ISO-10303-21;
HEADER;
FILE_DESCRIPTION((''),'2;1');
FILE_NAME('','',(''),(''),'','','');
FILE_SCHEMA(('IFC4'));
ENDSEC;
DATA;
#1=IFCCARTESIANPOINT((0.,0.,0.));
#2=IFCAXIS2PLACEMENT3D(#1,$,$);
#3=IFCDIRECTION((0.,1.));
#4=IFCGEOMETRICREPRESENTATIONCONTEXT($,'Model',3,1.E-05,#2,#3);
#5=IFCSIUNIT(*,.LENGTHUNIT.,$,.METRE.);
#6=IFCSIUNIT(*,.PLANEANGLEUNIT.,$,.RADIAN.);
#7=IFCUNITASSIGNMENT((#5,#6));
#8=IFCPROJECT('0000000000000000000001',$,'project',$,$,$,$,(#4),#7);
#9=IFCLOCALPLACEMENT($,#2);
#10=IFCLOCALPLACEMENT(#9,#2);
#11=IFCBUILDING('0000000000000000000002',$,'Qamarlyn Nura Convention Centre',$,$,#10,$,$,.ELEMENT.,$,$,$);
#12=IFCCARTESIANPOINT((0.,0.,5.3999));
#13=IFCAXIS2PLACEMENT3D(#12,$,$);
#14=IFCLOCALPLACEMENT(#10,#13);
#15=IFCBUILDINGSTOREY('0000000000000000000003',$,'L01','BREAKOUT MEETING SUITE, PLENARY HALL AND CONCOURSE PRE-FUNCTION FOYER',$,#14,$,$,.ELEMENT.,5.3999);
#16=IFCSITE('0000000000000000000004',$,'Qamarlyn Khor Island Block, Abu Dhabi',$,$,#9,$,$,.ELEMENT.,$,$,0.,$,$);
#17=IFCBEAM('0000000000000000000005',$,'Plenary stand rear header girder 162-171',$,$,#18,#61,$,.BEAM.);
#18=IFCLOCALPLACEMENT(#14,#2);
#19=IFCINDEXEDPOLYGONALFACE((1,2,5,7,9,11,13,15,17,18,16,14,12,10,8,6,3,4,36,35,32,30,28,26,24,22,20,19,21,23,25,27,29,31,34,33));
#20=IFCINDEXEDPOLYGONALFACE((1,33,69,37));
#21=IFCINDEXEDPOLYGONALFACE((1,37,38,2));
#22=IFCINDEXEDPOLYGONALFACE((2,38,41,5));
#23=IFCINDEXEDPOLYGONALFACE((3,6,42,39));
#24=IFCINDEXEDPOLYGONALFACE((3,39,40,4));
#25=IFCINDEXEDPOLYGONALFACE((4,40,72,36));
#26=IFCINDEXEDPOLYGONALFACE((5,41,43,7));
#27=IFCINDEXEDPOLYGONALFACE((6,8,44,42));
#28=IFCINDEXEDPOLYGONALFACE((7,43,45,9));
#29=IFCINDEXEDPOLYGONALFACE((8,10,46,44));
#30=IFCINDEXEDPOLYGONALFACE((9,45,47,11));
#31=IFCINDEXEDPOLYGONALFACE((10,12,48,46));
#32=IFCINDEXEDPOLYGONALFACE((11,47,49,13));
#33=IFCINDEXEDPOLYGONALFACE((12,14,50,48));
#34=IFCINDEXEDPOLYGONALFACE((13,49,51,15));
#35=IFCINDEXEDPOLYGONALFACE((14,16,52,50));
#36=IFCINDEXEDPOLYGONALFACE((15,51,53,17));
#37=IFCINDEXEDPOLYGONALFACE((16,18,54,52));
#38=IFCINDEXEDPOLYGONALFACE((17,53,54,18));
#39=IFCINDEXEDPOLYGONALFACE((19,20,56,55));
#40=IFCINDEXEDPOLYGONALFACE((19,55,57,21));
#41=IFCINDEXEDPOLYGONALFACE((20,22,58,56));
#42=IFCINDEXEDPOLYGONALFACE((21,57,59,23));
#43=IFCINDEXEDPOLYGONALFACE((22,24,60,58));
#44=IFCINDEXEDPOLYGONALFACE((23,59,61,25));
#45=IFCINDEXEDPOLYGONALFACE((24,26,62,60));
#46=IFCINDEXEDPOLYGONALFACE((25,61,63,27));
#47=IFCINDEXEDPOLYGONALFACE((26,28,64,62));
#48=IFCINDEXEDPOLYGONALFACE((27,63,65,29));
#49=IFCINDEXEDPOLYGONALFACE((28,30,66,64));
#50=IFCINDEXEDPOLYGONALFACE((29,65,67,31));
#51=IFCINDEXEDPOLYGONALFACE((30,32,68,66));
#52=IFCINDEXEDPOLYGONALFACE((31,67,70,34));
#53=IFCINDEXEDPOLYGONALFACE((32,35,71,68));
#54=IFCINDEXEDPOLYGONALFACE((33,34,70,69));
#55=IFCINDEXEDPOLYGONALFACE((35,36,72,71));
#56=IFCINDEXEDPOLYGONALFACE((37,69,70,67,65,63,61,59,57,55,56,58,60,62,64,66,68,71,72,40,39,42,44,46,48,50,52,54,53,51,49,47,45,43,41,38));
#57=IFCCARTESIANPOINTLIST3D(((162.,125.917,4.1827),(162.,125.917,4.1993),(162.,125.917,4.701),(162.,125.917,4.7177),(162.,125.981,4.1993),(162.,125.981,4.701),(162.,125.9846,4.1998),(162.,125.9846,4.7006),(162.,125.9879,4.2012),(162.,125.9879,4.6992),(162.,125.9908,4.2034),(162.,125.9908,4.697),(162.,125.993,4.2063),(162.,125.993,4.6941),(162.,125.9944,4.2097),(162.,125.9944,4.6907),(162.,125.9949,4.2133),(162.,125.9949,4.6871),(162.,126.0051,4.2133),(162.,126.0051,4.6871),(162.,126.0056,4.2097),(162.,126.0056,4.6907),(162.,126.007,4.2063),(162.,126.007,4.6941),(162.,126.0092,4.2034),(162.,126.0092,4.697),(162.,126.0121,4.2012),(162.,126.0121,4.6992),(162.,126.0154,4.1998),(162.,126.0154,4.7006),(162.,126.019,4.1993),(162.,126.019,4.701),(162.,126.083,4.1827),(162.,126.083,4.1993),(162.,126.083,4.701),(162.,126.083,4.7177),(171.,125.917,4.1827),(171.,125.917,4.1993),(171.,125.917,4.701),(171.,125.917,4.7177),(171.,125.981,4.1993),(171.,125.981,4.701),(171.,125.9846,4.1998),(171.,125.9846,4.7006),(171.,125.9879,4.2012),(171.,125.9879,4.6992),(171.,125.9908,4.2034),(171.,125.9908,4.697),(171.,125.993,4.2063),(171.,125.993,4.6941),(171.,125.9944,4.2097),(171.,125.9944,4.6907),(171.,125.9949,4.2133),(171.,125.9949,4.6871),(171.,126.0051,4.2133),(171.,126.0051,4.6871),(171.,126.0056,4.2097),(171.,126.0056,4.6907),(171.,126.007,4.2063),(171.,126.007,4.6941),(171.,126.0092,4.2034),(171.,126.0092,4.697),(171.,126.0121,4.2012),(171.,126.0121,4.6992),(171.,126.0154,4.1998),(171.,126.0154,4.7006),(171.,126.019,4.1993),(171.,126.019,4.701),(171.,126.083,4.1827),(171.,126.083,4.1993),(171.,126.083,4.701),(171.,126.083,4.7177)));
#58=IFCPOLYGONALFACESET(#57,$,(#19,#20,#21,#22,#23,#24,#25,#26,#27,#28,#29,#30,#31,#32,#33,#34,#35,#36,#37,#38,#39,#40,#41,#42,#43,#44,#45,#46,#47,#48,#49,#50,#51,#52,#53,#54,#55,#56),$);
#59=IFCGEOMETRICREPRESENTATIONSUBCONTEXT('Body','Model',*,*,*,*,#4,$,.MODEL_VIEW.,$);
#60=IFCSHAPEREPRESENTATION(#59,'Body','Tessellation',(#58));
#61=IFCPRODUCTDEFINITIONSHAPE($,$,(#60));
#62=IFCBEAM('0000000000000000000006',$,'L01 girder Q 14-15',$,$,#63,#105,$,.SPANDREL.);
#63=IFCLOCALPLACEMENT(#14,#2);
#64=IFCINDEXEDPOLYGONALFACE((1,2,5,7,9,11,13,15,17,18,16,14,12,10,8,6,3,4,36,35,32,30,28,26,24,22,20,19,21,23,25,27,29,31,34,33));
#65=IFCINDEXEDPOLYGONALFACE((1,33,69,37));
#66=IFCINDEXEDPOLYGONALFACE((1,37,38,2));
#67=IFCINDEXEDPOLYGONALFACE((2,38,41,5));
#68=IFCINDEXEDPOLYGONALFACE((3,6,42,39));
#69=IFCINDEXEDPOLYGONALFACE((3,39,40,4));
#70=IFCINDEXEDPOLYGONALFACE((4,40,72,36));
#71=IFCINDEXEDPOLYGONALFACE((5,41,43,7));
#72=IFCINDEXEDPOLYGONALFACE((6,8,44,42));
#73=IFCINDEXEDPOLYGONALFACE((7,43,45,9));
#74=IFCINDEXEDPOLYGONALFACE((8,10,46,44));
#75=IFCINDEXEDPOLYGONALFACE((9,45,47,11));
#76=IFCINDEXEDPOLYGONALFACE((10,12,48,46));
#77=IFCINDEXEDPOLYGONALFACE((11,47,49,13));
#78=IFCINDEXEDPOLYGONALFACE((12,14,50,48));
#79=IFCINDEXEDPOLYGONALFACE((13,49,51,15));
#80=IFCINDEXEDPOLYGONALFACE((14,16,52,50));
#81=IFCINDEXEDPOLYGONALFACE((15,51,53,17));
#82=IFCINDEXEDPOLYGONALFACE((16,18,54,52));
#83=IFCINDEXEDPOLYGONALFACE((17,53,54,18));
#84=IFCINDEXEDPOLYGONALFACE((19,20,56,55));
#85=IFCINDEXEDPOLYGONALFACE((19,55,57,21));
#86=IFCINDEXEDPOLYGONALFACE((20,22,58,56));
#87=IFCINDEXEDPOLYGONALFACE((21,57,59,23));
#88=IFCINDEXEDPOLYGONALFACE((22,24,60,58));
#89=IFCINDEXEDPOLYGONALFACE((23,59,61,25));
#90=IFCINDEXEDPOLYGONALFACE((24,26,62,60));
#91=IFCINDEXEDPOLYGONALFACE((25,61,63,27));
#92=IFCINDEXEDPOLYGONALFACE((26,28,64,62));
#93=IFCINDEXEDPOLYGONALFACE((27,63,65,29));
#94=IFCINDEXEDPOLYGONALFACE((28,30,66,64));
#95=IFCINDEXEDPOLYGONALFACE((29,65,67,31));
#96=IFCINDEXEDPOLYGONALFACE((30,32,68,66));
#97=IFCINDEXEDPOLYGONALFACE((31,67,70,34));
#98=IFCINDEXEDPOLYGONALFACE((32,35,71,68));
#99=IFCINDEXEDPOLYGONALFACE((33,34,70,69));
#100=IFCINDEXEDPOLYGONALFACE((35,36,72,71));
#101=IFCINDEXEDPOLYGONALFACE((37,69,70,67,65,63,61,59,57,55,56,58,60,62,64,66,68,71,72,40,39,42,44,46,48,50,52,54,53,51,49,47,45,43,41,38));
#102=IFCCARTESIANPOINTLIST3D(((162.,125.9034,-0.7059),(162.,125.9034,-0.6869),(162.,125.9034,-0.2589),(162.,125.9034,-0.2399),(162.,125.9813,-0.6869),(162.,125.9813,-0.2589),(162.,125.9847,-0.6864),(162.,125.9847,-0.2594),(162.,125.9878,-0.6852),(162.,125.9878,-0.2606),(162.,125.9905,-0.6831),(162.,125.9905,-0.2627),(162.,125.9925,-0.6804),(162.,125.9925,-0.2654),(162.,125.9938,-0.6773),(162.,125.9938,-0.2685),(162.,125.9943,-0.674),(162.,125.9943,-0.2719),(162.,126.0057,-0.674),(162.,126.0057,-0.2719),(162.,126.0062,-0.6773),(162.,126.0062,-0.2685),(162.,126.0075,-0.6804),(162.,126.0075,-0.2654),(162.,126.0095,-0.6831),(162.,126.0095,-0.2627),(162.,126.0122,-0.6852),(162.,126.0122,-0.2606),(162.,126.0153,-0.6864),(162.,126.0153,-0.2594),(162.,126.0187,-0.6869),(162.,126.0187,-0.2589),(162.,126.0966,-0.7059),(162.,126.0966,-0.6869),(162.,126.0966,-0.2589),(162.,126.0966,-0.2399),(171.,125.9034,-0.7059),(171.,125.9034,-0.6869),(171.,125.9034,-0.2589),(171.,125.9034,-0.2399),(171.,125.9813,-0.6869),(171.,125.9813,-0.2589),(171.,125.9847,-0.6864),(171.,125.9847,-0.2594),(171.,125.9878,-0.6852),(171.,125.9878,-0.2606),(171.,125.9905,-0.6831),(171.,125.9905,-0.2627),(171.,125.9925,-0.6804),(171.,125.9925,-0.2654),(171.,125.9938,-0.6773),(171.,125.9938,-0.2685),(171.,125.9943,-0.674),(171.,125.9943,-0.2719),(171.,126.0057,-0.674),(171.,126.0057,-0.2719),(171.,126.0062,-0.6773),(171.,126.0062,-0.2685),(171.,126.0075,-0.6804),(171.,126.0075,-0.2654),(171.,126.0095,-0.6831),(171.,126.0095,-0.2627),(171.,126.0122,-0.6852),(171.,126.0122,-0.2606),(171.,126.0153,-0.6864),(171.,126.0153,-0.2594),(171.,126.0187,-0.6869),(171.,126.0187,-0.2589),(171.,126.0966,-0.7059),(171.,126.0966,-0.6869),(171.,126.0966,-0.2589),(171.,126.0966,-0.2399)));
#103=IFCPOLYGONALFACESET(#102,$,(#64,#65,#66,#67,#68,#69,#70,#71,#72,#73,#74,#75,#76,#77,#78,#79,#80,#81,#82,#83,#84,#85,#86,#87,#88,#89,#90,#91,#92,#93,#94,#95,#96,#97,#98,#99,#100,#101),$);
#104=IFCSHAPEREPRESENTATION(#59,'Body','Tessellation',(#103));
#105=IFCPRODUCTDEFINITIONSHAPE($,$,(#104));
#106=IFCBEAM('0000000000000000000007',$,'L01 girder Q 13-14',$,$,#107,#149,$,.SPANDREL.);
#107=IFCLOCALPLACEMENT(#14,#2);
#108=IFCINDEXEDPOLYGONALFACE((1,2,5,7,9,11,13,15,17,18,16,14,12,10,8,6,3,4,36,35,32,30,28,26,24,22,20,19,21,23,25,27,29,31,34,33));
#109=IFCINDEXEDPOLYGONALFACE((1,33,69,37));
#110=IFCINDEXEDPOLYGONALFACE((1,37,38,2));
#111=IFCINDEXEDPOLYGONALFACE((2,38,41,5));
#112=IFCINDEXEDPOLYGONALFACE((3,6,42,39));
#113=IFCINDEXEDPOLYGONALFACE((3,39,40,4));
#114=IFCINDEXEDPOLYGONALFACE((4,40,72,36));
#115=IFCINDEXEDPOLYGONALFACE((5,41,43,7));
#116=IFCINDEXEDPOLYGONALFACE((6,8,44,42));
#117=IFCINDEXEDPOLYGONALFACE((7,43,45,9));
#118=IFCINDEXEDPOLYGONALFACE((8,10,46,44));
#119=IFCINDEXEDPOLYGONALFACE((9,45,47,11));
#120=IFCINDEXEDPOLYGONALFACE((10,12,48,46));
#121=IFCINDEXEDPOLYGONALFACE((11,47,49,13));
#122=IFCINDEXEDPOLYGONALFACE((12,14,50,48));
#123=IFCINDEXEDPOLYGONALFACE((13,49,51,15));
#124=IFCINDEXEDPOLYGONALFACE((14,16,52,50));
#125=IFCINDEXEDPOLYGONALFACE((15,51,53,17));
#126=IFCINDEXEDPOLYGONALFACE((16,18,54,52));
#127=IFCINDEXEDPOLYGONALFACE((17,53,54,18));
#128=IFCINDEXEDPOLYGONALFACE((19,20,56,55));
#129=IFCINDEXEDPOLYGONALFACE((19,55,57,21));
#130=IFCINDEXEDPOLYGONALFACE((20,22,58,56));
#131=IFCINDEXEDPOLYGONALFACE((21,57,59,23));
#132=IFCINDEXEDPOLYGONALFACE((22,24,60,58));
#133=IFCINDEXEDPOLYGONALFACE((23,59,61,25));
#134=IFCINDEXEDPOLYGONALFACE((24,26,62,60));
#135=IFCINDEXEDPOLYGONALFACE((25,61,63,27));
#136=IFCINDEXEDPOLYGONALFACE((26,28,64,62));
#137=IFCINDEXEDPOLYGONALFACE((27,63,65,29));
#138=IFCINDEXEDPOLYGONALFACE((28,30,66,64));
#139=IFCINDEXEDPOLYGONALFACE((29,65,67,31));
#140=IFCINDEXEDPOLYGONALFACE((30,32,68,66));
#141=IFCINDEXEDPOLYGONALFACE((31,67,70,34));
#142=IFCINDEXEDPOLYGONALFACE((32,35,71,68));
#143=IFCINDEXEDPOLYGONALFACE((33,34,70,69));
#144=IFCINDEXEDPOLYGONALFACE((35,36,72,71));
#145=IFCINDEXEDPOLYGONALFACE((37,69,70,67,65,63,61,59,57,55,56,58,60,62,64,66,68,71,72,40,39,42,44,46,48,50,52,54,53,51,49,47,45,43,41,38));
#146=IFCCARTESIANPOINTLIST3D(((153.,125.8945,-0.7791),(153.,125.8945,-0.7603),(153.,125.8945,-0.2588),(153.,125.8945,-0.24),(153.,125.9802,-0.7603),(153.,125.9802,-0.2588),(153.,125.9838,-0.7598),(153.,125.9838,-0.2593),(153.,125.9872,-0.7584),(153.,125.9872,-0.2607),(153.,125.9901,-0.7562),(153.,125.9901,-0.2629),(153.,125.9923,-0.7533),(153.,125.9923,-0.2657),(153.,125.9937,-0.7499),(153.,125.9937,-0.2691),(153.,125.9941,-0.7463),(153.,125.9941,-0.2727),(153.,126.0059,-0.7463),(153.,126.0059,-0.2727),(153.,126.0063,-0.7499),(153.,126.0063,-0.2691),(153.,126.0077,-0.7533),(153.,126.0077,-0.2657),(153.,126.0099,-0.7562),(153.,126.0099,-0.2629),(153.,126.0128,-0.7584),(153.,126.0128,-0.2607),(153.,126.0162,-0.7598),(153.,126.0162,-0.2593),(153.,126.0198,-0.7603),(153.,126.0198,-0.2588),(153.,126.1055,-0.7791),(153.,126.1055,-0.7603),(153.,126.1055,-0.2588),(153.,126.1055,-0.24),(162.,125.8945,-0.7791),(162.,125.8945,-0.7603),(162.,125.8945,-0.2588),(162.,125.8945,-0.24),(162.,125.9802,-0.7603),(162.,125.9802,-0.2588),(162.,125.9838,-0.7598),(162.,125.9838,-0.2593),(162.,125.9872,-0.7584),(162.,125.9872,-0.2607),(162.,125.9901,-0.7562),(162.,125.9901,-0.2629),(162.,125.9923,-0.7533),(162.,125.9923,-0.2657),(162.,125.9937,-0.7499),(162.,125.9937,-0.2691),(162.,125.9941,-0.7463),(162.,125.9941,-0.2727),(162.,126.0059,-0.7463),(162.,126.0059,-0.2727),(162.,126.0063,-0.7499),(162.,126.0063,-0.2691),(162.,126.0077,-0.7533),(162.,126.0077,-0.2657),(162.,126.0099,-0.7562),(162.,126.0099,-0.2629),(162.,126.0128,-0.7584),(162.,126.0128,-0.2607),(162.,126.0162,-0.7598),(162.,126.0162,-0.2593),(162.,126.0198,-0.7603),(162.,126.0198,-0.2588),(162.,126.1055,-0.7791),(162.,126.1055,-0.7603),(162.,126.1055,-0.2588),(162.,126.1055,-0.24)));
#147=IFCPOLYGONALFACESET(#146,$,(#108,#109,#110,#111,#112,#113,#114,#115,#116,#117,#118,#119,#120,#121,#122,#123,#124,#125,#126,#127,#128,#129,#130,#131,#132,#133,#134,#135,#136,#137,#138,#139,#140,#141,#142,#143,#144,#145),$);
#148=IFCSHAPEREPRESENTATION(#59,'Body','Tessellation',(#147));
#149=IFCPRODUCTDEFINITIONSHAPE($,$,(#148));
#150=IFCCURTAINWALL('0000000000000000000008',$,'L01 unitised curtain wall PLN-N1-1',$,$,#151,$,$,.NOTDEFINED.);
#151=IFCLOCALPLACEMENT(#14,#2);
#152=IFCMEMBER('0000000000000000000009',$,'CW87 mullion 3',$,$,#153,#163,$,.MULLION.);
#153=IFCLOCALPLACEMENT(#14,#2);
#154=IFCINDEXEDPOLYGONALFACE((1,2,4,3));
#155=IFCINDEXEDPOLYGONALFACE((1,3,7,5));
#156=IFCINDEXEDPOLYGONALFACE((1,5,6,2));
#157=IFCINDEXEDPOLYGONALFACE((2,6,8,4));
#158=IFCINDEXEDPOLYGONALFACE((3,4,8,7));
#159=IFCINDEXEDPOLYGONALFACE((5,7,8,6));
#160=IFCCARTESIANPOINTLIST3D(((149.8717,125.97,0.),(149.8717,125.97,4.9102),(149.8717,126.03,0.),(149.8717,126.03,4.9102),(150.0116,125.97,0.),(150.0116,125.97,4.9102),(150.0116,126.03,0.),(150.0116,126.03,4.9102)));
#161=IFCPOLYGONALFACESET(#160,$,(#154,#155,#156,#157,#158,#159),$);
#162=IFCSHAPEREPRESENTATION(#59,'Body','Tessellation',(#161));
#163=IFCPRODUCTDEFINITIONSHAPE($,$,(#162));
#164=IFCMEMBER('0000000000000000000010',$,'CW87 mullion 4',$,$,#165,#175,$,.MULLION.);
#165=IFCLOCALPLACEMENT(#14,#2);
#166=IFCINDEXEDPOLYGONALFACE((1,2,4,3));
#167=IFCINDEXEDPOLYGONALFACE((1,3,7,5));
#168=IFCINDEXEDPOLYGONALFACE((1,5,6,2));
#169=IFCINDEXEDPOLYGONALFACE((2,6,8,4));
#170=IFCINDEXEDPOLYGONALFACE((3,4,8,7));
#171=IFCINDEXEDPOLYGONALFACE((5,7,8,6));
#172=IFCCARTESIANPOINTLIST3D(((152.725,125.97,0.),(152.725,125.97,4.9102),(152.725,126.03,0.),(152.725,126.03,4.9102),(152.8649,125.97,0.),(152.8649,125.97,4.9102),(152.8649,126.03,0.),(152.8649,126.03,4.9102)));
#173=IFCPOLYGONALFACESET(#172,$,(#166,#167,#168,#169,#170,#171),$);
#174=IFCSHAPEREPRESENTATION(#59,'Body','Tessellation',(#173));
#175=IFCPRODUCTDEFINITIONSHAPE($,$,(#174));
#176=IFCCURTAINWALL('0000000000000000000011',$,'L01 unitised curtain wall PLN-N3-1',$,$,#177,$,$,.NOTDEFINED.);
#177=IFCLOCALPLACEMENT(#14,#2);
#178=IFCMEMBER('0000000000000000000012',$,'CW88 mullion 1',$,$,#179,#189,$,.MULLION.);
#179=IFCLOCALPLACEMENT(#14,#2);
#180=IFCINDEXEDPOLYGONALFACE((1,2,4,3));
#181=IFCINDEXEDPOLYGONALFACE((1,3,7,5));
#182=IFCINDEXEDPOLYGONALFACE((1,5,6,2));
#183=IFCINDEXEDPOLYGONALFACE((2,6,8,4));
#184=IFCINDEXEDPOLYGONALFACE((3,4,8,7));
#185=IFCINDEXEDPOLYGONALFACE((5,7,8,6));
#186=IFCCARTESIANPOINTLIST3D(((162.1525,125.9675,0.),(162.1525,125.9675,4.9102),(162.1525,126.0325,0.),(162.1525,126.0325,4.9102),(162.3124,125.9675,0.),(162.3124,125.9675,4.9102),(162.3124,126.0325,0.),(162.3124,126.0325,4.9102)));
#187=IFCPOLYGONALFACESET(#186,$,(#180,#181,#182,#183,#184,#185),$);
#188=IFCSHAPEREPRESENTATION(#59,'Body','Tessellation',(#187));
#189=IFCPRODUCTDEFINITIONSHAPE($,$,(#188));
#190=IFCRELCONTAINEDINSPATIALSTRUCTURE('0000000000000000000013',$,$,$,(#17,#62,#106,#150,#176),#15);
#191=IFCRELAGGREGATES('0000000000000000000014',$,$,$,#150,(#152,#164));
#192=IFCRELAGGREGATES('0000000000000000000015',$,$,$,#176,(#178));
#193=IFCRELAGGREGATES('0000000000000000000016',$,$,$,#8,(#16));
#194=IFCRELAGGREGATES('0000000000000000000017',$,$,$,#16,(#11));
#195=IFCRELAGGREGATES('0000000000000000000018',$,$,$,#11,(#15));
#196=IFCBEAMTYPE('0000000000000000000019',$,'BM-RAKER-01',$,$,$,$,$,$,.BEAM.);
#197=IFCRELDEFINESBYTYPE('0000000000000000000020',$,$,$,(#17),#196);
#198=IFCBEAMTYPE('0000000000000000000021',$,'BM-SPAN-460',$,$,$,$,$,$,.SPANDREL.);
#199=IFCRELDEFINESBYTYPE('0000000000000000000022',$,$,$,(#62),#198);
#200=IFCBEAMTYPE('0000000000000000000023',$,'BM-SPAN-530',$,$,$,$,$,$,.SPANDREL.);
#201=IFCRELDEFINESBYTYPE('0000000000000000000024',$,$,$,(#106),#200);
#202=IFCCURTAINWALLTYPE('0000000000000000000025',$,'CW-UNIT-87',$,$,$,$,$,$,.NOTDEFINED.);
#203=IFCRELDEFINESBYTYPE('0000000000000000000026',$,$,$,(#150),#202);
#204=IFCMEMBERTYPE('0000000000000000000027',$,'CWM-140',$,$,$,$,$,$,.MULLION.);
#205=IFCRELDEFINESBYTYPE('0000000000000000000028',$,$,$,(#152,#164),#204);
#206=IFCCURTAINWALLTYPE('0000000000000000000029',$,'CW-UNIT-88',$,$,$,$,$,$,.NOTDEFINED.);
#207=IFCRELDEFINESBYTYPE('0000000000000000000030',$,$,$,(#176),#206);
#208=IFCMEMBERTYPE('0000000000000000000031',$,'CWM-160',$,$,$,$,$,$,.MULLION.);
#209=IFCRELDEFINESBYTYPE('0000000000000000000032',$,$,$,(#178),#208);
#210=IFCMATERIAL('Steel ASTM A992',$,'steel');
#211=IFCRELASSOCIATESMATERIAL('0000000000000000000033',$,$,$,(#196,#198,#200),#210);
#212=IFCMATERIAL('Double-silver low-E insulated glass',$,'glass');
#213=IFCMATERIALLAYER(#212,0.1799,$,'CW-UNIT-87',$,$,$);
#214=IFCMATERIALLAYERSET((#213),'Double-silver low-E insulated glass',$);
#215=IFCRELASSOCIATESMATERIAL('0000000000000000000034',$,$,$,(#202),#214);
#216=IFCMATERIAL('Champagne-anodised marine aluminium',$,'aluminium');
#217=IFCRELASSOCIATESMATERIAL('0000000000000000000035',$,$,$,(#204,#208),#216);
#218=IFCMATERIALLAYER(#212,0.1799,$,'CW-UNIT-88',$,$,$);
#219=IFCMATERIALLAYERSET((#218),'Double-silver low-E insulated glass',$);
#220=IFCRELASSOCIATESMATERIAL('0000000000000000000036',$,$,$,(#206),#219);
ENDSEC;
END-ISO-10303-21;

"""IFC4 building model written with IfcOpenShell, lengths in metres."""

from ifc_helpers import new_model, si_unit, direction, frame, origin, origin_2d, place, context, subcontext, project, spatial, rectangle, i_section, extrude, material, layer, layer_set, material_profile, profile_set, type_object, element, aggregate, save


model = new_model("IFC4")

# Units and contexts
model_context = context("Model", 3, precision=1e-05, world=origin(), true_north=direction((0.0, 1.0)))
body_context = subcontext(model_context, "Body", "Model", "MODEL_VIEW")
ifc_project = project(units=[si_unit("LENGTHUNIT", "METRE"), si_unit("PLANEANGLEUNIT", "RADIAN")], contexts=[model_context])

# Site, building, storey
site_placement = place(None, origin())
site = spatial("IfcSite", under=ifc_project, at=site_placement, Name="Qamarlyn Khor Island Block, Abu Dhabi", CompositionType="ELEMENT", RefElevation=0.0)
building_placement = place(site_placement, origin())
building = spatial("IfcBuilding", under=site, at=building_placement, Name="Qamarlyn Nura Convention Centre", CompositionType="ELEMENT")
storey_placement = place(building_placement, frame((0.0, 0.0, 5.3999)))
storey = spatial("IfcBuildingStorey", under=building, at=storey_placement, Name="L01", Description="BREAKOUT MEETING SUITE, PLENARY HALL AND CONCOURSE PRE-FUNCTION FOYER", CompositionType="ELEMENT", Elevation=5.3999)

# Beams
ifc_material_1 = material(Name="Steel ASTM A992", Category="steel")
ifc_material_profile_1 = material_profile(ifc_material_1, i_section(OverallWidth=0.166, OverallDepth=0.5349, WebThickness=0.0103, FlangeThickness=0.0166, FilletRadius=0.0139, at=origin_2d()), Name="W530X85")
ifc_profile_set_1 = profile_set([ifc_material_profile_1], Name="Steel ASTM A992")
beam_type_1 = type_object("IfcBeamType", Name="BM-RAKER-01", PredefinedType="BEAM", material=ifc_profile_set_1)
for number, where, z_axis, x_axis, name in (
    (1, (162.0, 126.0, 4.4502), (1.0, 0.0, 0.0), (0.0, 1.0, 0.0), "Plenary stand rear header girder 162-171"),
):
    element("IfcBeam", number, at=place(storey_placement, frame(where, z_axis=z_axis, x_axis=x_axis)), inside=storey, type_object=beam_type_1, Name=name, PredefinedType="BEAM", context=body_context, shape_type="SweptSolid", body=[
        extrude(i_section(OverallWidth=0.166, OverallDepth=0.5349, WebThickness=0.0103, FlangeThickness=0.0166, FilletRadius=0.0139, at=origin_2d()), origin(), (0.0, 0.0, 1.0), 9.0),
    ])
ifc_material_profile_2 = material_profile(ifc_material_1, i_section(OverallWidth=0.1931, OverallDepth=0.4661, WebThickness=0.0115, FlangeThickness=0.019, FilletRadius=0.0129, at=origin_2d()), Name="W460X97")
ifc_profile_set_2 = profile_set([ifc_material_profile_2], Name="Steel ASTM A992")
beam_type_2 = type_object("IfcBeamType", Name="BM-SPAN-460", PredefinedType="SPANDREL", material=ifc_profile_set_2)
beam_1_placement = place(storey_placement, frame((162.0, 126.0, -0.4729), z_axis=(1.0, 0.0, 0.0), x_axis=(0.0, 1.0, 0.0)))
element("IfcBeam", 2, at=beam_1_placement, inside=storey, type_object=beam_type_2, Name="L01 girder Q 14-15", PredefinedType="SPANDREL", context=body_context, shape_type="SweptSolid", body=[
    extrude(i_section(OverallWidth=0.1931, OverallDepth=0.4661, WebThickness=0.0115, FlangeThickness=0.019, FilletRadius=0.0129, at=origin_2d()), origin(), (0.0, 0.0, 1.0), 9.0),
])
ifc_material_profile_3 = material_profile(ifc_material_1, i_section(OverallWidth=0.2109, OverallDepth=0.5391, WebThickness=0.0117, FlangeThickness=0.0188, FilletRadius=0.0139, at=origin_2d()), Name="W530X109")
ifc_profile_set_3 = profile_set([ifc_material_profile_3], Name="Steel ASTM A992")
beam_type_3 = type_object("IfcBeamType", Name="BM-SPAN-530", PredefinedType="SPANDREL", material=ifc_profile_set_3)
beam_2_placement = place(storey_placement, frame((153.0, 126.0, -0.5095), z_axis=(1.0, 0.0, 0.0), x_axis=(0.0, 1.0, 0.0)))
element("IfcBeam", 3, at=beam_2_placement, inside=storey, type_object=beam_type_3, Name="L01 girder Q 13-14", PredefinedType="SPANDREL", context=body_context, shape_type="SweptSolid", body=[
    extrude(i_section(OverallWidth=0.2109, OverallDepth=0.5391, WebThickness=0.0117, FlangeThickness=0.0188, FilletRadius=0.0139, at=origin_2d()), origin(), (0.0, 0.0, 1.0), 9.0),
])

# Curtain walls, members
ifc_material_2 = material(Name="Double-silver low-E insulated glass", Category="glass")
ifc_layer_1 = layer(ifc_material_2, 0.1799, Name="CW-UNIT-87")
ifc_layer_set_1 = layer_set([ifc_layer_1], Name="Double-silver low-E insulated glass")
curtain_wall_type_1 = type_object("IfcCurtainWallType", Name="CW-UNIT-87", PredefinedType="NOTDEFINED", material=ifc_layer_set_1)
curtain_wall_1_placement = place(storey_placement, origin())
curtain_wall_1 = element("IfcCurtainWall", 4, at=curtain_wall_1_placement, inside=storey, type_object=curtain_wall_type_1, Name="L01 unitised curtain wall PLN-N1-1", PredefinedType="NOTDEFINED")
ifc_material_3 = material(Name="Champagne-anodised marine aluminium", Category="aluminium")
ifc_material_profile_4 = material_profile(ifc_material_3, rectangle(XDim=0.0601, YDim=0.1399, at=origin_2d()), Name="ALU MULLION 60x140")
ifc_profile_set_4 = profile_set([ifc_material_profile_4], Name="Champagne-anodised marine aluminium")
member_type_1 = type_object("IfcMemberType", Name="CWM-140", PredefinedType="MULLION", material=ifc_profile_set_4)
member_1_placement = place(storey_placement, frame((149.9417, 126.0, 0.0), z_axis=(0.0, 0.0, 1.0), x_axis=(0.0, 1.0, 0.0)))
member_1 = element("IfcMember", 5, at=member_1_placement, type_object=member_type_1, Name="CW87 mullion 3", PredefinedType="MULLION", context=body_context, shape_type="SweptSolid", body=[
    extrude(rectangle(XDim=0.0601, YDim=0.1399, at=origin_2d()), origin(), (0.0, 0.0, 1.0), 4.9102),
])
member_2_placement = place(storey_placement, frame((152.7949, 126.0, 0.0), z_axis=(0.0, 0.0, 1.0), x_axis=(0.0, 1.0, 0.0)))
member_2 = element("IfcMember", 6, at=member_2_placement, type_object=member_type_1, Name="CW87 mullion 4", PredefinedType="MULLION", context=body_context, shape_type="SweptSolid", body=[
    extrude(rectangle(XDim=0.0601, YDim=0.1399, at=origin_2d()), origin(), (0.0, 0.0, 1.0), 4.9102),
])
ifc_layer_2 = layer(ifc_material_2, 0.1799, Name="CW-UNIT-88")
ifc_layer_set_2 = layer_set([ifc_layer_2], Name="Double-silver low-E insulated glass")
curtain_wall_type_2 = type_object("IfcCurtainWallType", Name="CW-UNIT-88", PredefinedType="NOTDEFINED", material=ifc_layer_set_2)
curtain_wall_2_placement = place(storey_placement, origin())
curtain_wall_2 = element("IfcCurtainWall", 7, at=curtain_wall_2_placement, inside=storey, type_object=curtain_wall_type_2, Name="L01 unitised curtain wall PLN-N3-1", PredefinedType="NOTDEFINED")
ifc_material_profile_5 = material_profile(ifc_material_3, rectangle(XDim=0.0649, YDim=0.1599, at=origin_2d()), Name="ALU MULLION 65x160")
ifc_profile_set_5 = profile_set([ifc_material_profile_5], Name="Champagne-anodised marine aluminium")
member_type_2 = type_object("IfcMemberType", Name="CWM-160", PredefinedType="MULLION", material=ifc_profile_set_5)
member_3_placement = place(storey_placement, frame((162.2324, 126.0, 0.0), z_axis=(0.0, 0.0, 1.0), x_axis=(0.0, 1.0, 0.0)))
member_3 = element("IfcMember", 8, at=member_3_placement, type_object=member_type_2, Name="CW88 mullion 1", PredefinedType="MULLION", context=body_context, shape_type="SweptSolid", body=[
    extrude(rectangle(XDim=0.0649, YDim=0.1599, at=origin_2d()), origin(), (0.0, 0.0, 1.0), 4.9102),
])

aggregate(curtain_wall_1, [member_1, member_2])
aggregate(curtain_wall_2, [member_3])

save(model, "model.ifc")
